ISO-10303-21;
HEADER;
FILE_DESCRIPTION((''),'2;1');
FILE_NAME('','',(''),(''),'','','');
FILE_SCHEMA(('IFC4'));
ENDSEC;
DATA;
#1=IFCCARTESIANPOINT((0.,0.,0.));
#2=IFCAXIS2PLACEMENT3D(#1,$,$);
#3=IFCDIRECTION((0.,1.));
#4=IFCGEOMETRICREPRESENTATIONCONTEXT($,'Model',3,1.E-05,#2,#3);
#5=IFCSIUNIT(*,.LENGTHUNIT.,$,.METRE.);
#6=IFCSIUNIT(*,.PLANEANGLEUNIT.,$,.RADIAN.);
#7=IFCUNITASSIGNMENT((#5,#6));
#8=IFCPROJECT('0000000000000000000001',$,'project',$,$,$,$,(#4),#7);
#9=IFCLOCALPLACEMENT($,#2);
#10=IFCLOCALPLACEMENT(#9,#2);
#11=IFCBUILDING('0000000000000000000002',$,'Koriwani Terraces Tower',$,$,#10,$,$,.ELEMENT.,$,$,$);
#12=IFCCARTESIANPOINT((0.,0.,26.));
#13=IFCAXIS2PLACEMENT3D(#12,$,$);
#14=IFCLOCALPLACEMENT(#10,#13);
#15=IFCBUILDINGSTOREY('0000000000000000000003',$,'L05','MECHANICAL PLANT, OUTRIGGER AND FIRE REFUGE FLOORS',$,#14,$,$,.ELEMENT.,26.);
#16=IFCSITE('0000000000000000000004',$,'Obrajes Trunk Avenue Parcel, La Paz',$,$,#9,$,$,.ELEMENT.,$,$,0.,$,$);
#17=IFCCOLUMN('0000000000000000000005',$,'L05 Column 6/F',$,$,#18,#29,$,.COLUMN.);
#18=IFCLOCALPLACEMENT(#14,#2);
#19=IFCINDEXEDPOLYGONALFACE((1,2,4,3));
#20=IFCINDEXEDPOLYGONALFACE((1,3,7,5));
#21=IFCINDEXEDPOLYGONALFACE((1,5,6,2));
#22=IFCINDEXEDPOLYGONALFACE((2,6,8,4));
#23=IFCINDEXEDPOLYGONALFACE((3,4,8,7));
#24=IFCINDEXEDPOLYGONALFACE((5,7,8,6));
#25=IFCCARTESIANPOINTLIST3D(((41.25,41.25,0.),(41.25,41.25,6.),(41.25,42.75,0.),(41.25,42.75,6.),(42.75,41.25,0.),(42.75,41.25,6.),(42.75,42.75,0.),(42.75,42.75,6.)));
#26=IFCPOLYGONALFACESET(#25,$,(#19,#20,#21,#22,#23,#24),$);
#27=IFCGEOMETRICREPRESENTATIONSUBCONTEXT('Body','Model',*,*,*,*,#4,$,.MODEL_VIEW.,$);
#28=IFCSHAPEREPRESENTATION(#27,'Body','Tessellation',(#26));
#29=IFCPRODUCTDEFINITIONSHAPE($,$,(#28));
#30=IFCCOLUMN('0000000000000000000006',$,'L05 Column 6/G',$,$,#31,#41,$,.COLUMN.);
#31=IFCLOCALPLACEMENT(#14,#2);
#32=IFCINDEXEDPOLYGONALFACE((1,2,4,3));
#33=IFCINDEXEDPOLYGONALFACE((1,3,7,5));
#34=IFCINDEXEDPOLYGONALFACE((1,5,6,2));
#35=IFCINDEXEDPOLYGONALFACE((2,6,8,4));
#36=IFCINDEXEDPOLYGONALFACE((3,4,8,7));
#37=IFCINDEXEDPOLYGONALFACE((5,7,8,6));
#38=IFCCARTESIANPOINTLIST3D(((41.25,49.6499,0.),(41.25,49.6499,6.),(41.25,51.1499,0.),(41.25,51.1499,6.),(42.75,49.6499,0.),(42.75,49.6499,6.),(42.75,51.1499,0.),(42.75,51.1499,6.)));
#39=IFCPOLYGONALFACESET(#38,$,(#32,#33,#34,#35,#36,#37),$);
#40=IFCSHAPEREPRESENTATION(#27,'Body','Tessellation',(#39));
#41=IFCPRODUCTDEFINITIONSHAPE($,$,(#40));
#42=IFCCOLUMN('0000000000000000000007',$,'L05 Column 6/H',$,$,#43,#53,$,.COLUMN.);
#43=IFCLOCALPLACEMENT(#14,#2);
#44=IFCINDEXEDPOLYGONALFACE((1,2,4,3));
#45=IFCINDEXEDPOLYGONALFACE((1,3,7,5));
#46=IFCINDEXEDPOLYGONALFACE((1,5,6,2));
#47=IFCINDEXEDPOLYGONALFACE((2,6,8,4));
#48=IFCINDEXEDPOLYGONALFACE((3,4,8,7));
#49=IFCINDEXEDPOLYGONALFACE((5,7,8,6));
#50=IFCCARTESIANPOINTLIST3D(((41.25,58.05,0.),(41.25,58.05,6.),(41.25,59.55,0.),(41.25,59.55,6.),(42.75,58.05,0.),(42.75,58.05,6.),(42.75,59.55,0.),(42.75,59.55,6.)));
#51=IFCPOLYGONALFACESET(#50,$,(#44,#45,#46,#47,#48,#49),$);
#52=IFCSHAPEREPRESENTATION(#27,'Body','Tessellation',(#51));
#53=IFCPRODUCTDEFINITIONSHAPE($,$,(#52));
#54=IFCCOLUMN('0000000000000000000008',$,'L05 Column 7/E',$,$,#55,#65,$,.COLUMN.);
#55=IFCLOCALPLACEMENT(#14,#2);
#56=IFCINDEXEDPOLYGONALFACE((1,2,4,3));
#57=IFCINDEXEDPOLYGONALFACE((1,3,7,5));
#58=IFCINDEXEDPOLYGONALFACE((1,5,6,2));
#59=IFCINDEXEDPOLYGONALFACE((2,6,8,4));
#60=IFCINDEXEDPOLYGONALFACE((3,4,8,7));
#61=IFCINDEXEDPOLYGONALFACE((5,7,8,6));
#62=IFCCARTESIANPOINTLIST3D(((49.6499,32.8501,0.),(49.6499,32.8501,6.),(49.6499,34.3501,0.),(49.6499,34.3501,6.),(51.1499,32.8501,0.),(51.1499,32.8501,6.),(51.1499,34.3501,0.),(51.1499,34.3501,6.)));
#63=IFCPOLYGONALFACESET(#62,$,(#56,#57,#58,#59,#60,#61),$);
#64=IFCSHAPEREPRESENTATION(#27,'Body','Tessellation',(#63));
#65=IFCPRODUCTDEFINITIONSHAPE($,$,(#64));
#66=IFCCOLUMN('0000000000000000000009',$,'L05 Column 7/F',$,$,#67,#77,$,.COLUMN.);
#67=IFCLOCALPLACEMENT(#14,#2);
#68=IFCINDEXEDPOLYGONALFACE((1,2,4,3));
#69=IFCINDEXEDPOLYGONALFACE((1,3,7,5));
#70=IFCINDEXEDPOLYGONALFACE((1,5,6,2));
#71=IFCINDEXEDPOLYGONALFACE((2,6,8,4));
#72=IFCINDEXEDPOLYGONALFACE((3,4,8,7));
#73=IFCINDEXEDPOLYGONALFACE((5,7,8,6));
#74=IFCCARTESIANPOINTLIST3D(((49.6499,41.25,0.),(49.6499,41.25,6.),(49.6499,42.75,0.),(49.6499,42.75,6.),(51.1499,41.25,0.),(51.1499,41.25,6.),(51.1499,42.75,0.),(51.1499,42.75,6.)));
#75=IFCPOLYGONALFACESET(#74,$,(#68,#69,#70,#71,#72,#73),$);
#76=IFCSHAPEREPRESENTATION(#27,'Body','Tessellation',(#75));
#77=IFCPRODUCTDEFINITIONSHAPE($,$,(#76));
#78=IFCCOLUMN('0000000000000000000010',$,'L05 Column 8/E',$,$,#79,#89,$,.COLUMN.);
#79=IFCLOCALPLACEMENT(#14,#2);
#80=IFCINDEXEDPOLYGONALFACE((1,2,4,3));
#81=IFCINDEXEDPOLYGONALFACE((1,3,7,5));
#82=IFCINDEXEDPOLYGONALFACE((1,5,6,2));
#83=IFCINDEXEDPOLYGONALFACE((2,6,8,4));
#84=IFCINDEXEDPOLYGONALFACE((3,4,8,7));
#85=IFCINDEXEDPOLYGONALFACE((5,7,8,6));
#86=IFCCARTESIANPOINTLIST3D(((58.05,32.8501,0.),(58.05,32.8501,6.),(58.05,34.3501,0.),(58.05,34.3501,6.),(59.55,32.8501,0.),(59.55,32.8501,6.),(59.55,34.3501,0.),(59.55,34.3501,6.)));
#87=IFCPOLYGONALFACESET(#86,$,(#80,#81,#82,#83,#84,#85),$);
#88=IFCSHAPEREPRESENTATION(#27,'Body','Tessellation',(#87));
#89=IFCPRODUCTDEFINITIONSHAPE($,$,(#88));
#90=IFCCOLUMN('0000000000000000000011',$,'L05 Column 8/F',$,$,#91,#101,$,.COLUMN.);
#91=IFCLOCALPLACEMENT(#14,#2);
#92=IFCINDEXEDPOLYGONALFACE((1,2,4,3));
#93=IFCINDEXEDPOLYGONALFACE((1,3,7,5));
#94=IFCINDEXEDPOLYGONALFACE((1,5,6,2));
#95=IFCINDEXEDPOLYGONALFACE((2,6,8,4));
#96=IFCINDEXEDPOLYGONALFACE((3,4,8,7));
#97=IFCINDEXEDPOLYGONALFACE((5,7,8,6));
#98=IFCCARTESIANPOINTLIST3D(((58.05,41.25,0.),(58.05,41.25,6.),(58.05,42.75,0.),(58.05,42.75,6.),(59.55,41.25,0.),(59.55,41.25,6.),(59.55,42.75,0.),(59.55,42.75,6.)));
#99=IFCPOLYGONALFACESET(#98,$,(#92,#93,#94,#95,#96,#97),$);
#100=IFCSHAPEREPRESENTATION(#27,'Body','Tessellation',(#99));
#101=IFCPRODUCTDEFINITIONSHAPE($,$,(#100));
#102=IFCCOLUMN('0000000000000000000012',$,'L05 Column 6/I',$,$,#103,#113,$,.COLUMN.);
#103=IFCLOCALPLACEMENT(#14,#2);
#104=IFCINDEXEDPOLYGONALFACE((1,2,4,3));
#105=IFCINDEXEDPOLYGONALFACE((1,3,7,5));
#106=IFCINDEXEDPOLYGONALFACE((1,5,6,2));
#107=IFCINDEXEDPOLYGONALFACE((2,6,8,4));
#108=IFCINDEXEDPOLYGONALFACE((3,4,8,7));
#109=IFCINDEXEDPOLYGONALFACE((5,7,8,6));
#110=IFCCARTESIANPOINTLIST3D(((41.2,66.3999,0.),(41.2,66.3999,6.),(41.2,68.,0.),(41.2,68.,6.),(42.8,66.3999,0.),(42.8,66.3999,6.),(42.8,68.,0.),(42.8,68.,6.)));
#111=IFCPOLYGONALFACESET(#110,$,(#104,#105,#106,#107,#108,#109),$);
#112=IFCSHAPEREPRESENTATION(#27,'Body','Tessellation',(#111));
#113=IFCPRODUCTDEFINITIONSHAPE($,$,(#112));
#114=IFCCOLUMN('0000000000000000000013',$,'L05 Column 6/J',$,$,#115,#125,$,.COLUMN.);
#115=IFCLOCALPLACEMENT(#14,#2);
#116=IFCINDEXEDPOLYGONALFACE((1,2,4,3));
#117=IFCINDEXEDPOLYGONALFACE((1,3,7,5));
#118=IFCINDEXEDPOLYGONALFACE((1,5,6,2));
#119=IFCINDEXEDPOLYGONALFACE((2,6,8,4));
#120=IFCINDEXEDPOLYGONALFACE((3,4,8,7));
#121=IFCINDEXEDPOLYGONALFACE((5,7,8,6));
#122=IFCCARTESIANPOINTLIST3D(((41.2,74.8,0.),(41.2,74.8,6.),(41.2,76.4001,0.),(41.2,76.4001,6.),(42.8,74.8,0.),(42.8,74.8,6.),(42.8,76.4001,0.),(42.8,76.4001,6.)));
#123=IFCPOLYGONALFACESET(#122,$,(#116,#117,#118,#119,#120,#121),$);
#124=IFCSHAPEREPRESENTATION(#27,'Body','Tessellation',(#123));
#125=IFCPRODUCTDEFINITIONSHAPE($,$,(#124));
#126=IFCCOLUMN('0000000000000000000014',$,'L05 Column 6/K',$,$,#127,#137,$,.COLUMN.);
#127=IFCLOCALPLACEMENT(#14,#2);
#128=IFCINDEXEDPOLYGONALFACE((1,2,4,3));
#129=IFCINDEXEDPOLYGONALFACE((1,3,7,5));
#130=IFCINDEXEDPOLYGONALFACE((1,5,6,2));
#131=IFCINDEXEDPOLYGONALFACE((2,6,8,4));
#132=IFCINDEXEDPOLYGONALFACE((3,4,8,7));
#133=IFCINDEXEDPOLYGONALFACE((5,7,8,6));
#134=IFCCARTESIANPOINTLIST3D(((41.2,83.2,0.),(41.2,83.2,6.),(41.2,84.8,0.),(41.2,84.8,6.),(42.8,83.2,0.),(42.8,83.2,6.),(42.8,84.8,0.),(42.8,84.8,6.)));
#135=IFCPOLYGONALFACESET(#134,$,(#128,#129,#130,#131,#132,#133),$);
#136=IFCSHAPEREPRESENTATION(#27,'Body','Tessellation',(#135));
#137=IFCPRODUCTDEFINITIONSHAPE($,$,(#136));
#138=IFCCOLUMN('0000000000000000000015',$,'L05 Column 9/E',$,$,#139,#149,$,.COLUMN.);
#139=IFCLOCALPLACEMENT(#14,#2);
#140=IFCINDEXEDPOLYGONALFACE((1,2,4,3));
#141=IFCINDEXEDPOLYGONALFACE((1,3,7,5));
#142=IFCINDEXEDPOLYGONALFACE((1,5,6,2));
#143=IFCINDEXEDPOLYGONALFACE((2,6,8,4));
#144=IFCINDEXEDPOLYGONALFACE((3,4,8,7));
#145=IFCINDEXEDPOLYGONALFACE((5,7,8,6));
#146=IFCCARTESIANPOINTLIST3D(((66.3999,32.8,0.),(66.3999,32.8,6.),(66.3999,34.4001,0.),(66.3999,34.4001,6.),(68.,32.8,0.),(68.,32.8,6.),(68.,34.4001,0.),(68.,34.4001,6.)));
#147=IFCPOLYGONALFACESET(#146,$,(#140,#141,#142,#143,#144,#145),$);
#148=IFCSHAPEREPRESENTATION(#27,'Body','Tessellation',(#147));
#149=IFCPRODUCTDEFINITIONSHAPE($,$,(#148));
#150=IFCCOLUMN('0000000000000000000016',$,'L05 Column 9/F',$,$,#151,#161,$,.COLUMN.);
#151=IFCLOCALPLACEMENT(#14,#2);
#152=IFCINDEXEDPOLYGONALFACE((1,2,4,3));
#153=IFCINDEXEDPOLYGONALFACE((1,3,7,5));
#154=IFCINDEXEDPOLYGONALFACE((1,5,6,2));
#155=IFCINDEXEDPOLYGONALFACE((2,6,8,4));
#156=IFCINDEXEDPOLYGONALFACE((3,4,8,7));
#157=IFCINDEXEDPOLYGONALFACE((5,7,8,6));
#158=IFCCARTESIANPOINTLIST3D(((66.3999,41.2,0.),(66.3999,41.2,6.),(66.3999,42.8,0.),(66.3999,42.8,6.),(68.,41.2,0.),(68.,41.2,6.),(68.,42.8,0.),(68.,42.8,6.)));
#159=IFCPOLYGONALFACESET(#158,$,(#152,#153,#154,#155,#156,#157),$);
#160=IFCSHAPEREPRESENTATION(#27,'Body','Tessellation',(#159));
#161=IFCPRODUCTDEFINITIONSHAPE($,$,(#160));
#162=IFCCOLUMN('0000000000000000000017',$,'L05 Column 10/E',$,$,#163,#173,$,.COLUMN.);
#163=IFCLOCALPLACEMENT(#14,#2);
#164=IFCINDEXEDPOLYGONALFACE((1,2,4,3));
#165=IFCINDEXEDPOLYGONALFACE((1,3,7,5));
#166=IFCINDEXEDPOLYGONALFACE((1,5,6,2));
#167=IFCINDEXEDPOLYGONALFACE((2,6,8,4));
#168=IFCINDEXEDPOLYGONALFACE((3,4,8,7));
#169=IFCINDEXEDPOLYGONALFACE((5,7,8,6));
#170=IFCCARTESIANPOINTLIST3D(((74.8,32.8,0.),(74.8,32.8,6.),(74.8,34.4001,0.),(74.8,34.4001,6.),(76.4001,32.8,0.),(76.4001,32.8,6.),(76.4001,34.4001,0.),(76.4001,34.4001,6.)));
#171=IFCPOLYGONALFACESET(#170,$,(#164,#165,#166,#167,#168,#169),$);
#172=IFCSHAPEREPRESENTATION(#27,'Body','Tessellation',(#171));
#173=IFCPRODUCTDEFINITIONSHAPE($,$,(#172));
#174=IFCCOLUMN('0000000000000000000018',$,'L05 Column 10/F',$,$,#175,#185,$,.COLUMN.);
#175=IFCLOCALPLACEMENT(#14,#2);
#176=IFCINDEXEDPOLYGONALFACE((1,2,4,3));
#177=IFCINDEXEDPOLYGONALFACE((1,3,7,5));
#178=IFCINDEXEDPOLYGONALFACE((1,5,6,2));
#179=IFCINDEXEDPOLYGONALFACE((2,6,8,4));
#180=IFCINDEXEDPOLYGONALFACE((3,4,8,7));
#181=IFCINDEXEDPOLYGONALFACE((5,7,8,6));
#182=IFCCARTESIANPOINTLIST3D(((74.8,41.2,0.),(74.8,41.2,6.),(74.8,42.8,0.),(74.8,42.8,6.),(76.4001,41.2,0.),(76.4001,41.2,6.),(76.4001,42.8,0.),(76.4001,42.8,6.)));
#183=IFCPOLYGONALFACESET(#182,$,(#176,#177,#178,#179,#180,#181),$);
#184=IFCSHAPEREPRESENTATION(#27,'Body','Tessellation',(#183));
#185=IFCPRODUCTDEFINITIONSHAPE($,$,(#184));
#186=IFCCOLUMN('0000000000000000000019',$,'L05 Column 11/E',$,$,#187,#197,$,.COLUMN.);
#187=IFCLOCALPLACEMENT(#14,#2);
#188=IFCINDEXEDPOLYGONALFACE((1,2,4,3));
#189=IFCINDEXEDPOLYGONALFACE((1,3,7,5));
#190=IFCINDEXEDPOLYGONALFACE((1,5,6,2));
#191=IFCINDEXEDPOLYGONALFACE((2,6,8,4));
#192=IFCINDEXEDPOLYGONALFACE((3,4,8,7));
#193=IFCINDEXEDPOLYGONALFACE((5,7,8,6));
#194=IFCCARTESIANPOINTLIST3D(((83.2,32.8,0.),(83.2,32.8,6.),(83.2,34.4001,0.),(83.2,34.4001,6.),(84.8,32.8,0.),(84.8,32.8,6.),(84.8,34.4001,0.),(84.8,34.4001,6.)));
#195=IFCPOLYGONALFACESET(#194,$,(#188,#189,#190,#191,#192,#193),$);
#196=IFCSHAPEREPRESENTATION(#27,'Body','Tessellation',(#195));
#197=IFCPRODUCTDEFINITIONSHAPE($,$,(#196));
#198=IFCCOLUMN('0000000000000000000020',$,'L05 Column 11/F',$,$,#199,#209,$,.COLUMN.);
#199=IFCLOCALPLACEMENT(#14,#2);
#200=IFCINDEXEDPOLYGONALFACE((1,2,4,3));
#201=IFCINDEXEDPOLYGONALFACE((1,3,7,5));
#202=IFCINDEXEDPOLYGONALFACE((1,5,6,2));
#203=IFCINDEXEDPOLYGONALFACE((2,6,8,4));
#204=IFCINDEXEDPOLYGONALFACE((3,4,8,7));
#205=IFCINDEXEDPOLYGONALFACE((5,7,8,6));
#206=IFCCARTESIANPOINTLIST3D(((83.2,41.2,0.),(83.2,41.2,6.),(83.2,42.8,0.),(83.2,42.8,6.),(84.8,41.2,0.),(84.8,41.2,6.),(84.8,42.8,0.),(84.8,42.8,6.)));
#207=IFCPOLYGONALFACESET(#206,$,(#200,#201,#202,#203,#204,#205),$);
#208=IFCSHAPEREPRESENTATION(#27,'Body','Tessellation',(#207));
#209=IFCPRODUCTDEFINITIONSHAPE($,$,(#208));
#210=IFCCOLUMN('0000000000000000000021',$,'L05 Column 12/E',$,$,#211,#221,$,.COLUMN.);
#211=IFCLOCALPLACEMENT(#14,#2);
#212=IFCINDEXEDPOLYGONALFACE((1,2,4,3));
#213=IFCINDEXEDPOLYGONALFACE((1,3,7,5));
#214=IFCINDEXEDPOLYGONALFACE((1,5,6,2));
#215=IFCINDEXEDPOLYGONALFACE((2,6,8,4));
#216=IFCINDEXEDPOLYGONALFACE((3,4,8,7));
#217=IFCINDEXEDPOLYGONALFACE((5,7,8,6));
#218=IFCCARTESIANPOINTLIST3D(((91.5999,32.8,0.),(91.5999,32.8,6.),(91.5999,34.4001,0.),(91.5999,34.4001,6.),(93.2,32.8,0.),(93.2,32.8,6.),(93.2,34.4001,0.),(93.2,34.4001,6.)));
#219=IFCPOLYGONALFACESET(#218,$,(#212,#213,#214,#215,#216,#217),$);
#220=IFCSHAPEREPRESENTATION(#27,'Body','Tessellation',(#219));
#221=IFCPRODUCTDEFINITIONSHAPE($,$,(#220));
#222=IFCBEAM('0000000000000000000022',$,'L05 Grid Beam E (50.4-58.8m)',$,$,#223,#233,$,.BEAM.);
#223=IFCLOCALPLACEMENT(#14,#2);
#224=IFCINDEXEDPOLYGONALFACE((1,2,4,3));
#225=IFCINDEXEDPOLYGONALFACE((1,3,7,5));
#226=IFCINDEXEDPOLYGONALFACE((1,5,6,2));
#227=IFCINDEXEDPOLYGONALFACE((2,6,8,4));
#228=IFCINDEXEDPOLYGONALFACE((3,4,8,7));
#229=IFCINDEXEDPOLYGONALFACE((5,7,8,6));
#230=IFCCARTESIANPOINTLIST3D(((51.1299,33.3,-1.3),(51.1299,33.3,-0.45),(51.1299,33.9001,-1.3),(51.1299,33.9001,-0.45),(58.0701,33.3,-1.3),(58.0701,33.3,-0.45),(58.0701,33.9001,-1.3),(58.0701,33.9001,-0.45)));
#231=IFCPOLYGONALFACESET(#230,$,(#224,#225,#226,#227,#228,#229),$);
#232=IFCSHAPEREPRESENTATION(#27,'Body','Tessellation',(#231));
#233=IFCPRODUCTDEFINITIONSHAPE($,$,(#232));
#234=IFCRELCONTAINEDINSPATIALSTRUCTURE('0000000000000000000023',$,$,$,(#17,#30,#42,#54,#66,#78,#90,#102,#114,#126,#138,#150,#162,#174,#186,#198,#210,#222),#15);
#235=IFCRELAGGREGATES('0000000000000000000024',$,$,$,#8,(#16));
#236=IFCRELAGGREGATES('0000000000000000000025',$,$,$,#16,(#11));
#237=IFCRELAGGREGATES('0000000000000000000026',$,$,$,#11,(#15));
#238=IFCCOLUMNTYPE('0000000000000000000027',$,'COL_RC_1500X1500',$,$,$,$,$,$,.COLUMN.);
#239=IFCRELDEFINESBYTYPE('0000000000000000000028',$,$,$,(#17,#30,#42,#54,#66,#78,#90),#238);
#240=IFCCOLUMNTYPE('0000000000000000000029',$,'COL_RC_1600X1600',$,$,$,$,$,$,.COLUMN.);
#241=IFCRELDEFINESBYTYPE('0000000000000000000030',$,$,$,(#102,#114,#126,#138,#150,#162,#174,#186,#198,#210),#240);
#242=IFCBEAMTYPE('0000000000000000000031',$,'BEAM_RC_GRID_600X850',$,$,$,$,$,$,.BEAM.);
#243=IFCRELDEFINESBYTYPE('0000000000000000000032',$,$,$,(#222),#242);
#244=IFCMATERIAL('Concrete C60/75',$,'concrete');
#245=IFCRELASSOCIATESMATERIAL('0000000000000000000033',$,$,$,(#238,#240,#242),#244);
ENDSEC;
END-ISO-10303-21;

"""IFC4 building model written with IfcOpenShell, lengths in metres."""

from ifc_helpers import new_model, si_unit, direction, frame, origin, origin_2d, place, context, subcontext, project, spatial, rectangle, extrude, material, material_profile, profile_set, type_object, element, save


model = new_model("IFC4")

# Units and contexts
model_context = context("Model", 3, precision=1e-05, world=origin(), true_north=direction((0.0, 1.0)))
body_context = subcontext(model_context, "Body", "Model", "MODEL_VIEW")
ifc_project = project(units=[si_unit("LENGTHUNIT", "METRE"), si_unit("PLANEANGLEUNIT", "RADIAN")], contexts=[model_context])

# Site, building, storey
site_placement = place(None, origin())
site = spatial("IfcSite", under=ifc_project, at=site_placement, Name="Obrajes Trunk Avenue Parcel, La Paz", CompositionType="ELEMENT", RefElevation=0.0)
building_placement = place(site_placement, origin())
building = spatial("IfcBuilding", under=site, at=building_placement, Name="Koriwani Terraces Tower", CompositionType="ELEMENT")
storey_placement = place(building_placement, frame((0.0, 0.0, 26.0)))
storey = spatial("IfcBuildingStorey", under=building, at=storey_placement, Name="L05", Description="MECHANICAL PLANT, OUTRIGGER AND FIRE REFUGE FLOORS", CompositionType="ELEMENT", Elevation=26.0)

# Columns
ifc_material_1 = material(Name="Concrete C60/75", Category="concrete")
ifc_material_profile_1 = material_profile(ifc_material_1, rectangle(XDim=1.5, YDim=1.5, at=origin_2d()), Name="Concrete C60/75", Category="LoadBearing")
ifc_profile_set_1 = profile_set([ifc_material_profile_1], Name="Concrete C60/75")
column_type_1 = type_object("IfcColumnType", Name="COL_RC_1500X1500", PredefinedType="COLUMN", material=ifc_profile_set_1)
for number, where, z_axis, x_axis, name in (
    (1, (42.0, 42.0, 0.0), (0.0, 0.0, 1.0), (1.0, 0.0, 0.0), "L05 Column 6/F"),
    (2, (42.0, 50.3999, 0.0), (0.0, 0.0, 1.0), (1.0, 0.0, 0.0), "L05 Column 6/G"),
    (3, (42.0, 58.8, 0.0), (0.0, 0.0, 1.0), (1.0, 0.0, 0.0), "L05 Column 6/H"),
    (4, (50.3999, 33.6001, 0.0), (0.0, 0.0, 1.0), (1.0, 0.0, 0.0), "L05 Column 7/E"),
    (5, (50.3999, 42.0, 0.0), (0.0, 0.0, 1.0), (1.0, 0.0, 0.0), "L05 Column 7/F"),
    (6, (58.8, 33.6001, 0.0), (0.0, 0.0, 1.0), (1.0, 0.0, 0.0), "L05 Column 8/E"),
    (7, (58.8, 42.0, 0.0), (0.0, 0.0, 1.0), (1.0, 0.0, 0.0), "L05 Column 8/F"),
):
    element("IfcColumn", number, at=place(storey_placement, frame(where, z_axis=z_axis, x_axis=x_axis)), inside=storey, type_object=column_type_1, Name=name, PredefinedType="COLUMN", context=body_context, shape_type="SweptSolid", body=[
        extrude(rectangle(XDim=1.5, YDim=1.5, at=origin_2d()), origin(), (0.0, 0.0, 1.0), 6.0),
    ])
ifc_material_profile_2 = material_profile(ifc_material_1, rectangle(XDim=1.6001, YDim=1.6001, at=origin_2d()), Name="Concrete C60/75", Category="LoadBearing")
ifc_profile_set_2 = profile_set([ifc_material_profile_2], Name="Concrete C60/75")
column_type_2 = type_object("IfcColumnType", Name="COL_RC_1600X1600", PredefinedType="COLUMN", material=ifc_profile_set_2)
for number, where, z_axis, x_axis, name in (
    (8, (42.0, 67.2, 0.0), (0.0, 0.0, 1.0), (1.0, 0.0, 0.0), "L05 Column 6/I"),
    (9, (42.0, 75.6001, 0.0), (0.0, 0.0, 1.0), (1.0, 0.0, 0.0), "L05 Column 6/J"),
    (10, (42.0, 84.0, 0.0), (0.0, 0.0, 1.0), (1.0, 0.0, 0.0), "L05 Column 6/K"),
    (11, (67.2, 33.6001, 0.0), (0.0, 0.0, 1.0), (1.0, 0.0, 0.0), "L05 Column 9/E"),
    (12, (67.2, 42.0, 0.0), (0.0, 0.0, 1.0), (1.0, 0.0, 0.0), "L05 Column 9/F"),
    (13, (75.6001, 33.6001, 0.0), (0.0, 0.0, 1.0), (1.0, 0.0, 0.0), "L05 Column 10/E"),
    (14, (75.6001, 42.0, 0.0), (0.0, 0.0, 1.0), (1.0, 0.0, 0.0), "L05 Column 10/F"),
    (15, (84.0, 33.6001, 0.0), (0.0, 0.0, 1.0), (1.0, 0.0, 0.0), "L05 Column 11/E"),
    (16, (84.0, 42.0, 0.0), (0.0, 0.0, 1.0), (1.0, 0.0, 0.0), "L05 Column 11/F"),
    (17, (92.3999, 33.6001, 0.0), (0.0, 0.0, 1.0), (1.0, 0.0, 0.0), "L05 Column 12/E"),
):
    element("IfcColumn", number, at=place(storey_placement, frame(where, z_axis=z_axis, x_axis=x_axis)), inside=storey, type_object=column_type_2, Name=name, PredefinedType="COLUMN", context=body_context, shape_type="SweptSolid", body=[
        extrude(rectangle(XDim=1.6001, YDim=1.6001, at=origin_2d()), origin(), (0.0, 0.0, 1.0), 6.0),
    ])

# Beam
ifc_material_profile_3 = material_profile(ifc_material_1, rectangle(XDim=0.6001, YDim=0.8501, at=origin_2d()), Name="Concrete C60/75", Category="LoadBearing")
ifc_profile_set_3 = profile_set([ifc_material_profile_3], Name="Concrete C60/75")
beam_type_1 = type_object("IfcBeamType", Name="BEAM_RC_GRID_600X850", PredefinedType="BEAM", material=ifc_profile_set_3)
beam_1_placement = place(storey_placement, frame((51.1299, 33.6001, -0.875), z_axis=(1.0, 0.0, 0.0), x_axis=(0.0, 1.0, 0.0)))
element("IfcBeam", 18, at=beam_1_placement, inside=storey, type_object=beam_type_1, Name="L05 Grid Beam E (50.4-58.8m)", PredefinedType="BEAM", context=body_context, shape_type="SweptSolid", body=[
    extrude(rectangle(XDim=0.6001, YDim=0.8501, at=origin_2d()), origin(), (0.0, 0.0, 1.0), 6.9402),
])

save(model, "model.ifc")
